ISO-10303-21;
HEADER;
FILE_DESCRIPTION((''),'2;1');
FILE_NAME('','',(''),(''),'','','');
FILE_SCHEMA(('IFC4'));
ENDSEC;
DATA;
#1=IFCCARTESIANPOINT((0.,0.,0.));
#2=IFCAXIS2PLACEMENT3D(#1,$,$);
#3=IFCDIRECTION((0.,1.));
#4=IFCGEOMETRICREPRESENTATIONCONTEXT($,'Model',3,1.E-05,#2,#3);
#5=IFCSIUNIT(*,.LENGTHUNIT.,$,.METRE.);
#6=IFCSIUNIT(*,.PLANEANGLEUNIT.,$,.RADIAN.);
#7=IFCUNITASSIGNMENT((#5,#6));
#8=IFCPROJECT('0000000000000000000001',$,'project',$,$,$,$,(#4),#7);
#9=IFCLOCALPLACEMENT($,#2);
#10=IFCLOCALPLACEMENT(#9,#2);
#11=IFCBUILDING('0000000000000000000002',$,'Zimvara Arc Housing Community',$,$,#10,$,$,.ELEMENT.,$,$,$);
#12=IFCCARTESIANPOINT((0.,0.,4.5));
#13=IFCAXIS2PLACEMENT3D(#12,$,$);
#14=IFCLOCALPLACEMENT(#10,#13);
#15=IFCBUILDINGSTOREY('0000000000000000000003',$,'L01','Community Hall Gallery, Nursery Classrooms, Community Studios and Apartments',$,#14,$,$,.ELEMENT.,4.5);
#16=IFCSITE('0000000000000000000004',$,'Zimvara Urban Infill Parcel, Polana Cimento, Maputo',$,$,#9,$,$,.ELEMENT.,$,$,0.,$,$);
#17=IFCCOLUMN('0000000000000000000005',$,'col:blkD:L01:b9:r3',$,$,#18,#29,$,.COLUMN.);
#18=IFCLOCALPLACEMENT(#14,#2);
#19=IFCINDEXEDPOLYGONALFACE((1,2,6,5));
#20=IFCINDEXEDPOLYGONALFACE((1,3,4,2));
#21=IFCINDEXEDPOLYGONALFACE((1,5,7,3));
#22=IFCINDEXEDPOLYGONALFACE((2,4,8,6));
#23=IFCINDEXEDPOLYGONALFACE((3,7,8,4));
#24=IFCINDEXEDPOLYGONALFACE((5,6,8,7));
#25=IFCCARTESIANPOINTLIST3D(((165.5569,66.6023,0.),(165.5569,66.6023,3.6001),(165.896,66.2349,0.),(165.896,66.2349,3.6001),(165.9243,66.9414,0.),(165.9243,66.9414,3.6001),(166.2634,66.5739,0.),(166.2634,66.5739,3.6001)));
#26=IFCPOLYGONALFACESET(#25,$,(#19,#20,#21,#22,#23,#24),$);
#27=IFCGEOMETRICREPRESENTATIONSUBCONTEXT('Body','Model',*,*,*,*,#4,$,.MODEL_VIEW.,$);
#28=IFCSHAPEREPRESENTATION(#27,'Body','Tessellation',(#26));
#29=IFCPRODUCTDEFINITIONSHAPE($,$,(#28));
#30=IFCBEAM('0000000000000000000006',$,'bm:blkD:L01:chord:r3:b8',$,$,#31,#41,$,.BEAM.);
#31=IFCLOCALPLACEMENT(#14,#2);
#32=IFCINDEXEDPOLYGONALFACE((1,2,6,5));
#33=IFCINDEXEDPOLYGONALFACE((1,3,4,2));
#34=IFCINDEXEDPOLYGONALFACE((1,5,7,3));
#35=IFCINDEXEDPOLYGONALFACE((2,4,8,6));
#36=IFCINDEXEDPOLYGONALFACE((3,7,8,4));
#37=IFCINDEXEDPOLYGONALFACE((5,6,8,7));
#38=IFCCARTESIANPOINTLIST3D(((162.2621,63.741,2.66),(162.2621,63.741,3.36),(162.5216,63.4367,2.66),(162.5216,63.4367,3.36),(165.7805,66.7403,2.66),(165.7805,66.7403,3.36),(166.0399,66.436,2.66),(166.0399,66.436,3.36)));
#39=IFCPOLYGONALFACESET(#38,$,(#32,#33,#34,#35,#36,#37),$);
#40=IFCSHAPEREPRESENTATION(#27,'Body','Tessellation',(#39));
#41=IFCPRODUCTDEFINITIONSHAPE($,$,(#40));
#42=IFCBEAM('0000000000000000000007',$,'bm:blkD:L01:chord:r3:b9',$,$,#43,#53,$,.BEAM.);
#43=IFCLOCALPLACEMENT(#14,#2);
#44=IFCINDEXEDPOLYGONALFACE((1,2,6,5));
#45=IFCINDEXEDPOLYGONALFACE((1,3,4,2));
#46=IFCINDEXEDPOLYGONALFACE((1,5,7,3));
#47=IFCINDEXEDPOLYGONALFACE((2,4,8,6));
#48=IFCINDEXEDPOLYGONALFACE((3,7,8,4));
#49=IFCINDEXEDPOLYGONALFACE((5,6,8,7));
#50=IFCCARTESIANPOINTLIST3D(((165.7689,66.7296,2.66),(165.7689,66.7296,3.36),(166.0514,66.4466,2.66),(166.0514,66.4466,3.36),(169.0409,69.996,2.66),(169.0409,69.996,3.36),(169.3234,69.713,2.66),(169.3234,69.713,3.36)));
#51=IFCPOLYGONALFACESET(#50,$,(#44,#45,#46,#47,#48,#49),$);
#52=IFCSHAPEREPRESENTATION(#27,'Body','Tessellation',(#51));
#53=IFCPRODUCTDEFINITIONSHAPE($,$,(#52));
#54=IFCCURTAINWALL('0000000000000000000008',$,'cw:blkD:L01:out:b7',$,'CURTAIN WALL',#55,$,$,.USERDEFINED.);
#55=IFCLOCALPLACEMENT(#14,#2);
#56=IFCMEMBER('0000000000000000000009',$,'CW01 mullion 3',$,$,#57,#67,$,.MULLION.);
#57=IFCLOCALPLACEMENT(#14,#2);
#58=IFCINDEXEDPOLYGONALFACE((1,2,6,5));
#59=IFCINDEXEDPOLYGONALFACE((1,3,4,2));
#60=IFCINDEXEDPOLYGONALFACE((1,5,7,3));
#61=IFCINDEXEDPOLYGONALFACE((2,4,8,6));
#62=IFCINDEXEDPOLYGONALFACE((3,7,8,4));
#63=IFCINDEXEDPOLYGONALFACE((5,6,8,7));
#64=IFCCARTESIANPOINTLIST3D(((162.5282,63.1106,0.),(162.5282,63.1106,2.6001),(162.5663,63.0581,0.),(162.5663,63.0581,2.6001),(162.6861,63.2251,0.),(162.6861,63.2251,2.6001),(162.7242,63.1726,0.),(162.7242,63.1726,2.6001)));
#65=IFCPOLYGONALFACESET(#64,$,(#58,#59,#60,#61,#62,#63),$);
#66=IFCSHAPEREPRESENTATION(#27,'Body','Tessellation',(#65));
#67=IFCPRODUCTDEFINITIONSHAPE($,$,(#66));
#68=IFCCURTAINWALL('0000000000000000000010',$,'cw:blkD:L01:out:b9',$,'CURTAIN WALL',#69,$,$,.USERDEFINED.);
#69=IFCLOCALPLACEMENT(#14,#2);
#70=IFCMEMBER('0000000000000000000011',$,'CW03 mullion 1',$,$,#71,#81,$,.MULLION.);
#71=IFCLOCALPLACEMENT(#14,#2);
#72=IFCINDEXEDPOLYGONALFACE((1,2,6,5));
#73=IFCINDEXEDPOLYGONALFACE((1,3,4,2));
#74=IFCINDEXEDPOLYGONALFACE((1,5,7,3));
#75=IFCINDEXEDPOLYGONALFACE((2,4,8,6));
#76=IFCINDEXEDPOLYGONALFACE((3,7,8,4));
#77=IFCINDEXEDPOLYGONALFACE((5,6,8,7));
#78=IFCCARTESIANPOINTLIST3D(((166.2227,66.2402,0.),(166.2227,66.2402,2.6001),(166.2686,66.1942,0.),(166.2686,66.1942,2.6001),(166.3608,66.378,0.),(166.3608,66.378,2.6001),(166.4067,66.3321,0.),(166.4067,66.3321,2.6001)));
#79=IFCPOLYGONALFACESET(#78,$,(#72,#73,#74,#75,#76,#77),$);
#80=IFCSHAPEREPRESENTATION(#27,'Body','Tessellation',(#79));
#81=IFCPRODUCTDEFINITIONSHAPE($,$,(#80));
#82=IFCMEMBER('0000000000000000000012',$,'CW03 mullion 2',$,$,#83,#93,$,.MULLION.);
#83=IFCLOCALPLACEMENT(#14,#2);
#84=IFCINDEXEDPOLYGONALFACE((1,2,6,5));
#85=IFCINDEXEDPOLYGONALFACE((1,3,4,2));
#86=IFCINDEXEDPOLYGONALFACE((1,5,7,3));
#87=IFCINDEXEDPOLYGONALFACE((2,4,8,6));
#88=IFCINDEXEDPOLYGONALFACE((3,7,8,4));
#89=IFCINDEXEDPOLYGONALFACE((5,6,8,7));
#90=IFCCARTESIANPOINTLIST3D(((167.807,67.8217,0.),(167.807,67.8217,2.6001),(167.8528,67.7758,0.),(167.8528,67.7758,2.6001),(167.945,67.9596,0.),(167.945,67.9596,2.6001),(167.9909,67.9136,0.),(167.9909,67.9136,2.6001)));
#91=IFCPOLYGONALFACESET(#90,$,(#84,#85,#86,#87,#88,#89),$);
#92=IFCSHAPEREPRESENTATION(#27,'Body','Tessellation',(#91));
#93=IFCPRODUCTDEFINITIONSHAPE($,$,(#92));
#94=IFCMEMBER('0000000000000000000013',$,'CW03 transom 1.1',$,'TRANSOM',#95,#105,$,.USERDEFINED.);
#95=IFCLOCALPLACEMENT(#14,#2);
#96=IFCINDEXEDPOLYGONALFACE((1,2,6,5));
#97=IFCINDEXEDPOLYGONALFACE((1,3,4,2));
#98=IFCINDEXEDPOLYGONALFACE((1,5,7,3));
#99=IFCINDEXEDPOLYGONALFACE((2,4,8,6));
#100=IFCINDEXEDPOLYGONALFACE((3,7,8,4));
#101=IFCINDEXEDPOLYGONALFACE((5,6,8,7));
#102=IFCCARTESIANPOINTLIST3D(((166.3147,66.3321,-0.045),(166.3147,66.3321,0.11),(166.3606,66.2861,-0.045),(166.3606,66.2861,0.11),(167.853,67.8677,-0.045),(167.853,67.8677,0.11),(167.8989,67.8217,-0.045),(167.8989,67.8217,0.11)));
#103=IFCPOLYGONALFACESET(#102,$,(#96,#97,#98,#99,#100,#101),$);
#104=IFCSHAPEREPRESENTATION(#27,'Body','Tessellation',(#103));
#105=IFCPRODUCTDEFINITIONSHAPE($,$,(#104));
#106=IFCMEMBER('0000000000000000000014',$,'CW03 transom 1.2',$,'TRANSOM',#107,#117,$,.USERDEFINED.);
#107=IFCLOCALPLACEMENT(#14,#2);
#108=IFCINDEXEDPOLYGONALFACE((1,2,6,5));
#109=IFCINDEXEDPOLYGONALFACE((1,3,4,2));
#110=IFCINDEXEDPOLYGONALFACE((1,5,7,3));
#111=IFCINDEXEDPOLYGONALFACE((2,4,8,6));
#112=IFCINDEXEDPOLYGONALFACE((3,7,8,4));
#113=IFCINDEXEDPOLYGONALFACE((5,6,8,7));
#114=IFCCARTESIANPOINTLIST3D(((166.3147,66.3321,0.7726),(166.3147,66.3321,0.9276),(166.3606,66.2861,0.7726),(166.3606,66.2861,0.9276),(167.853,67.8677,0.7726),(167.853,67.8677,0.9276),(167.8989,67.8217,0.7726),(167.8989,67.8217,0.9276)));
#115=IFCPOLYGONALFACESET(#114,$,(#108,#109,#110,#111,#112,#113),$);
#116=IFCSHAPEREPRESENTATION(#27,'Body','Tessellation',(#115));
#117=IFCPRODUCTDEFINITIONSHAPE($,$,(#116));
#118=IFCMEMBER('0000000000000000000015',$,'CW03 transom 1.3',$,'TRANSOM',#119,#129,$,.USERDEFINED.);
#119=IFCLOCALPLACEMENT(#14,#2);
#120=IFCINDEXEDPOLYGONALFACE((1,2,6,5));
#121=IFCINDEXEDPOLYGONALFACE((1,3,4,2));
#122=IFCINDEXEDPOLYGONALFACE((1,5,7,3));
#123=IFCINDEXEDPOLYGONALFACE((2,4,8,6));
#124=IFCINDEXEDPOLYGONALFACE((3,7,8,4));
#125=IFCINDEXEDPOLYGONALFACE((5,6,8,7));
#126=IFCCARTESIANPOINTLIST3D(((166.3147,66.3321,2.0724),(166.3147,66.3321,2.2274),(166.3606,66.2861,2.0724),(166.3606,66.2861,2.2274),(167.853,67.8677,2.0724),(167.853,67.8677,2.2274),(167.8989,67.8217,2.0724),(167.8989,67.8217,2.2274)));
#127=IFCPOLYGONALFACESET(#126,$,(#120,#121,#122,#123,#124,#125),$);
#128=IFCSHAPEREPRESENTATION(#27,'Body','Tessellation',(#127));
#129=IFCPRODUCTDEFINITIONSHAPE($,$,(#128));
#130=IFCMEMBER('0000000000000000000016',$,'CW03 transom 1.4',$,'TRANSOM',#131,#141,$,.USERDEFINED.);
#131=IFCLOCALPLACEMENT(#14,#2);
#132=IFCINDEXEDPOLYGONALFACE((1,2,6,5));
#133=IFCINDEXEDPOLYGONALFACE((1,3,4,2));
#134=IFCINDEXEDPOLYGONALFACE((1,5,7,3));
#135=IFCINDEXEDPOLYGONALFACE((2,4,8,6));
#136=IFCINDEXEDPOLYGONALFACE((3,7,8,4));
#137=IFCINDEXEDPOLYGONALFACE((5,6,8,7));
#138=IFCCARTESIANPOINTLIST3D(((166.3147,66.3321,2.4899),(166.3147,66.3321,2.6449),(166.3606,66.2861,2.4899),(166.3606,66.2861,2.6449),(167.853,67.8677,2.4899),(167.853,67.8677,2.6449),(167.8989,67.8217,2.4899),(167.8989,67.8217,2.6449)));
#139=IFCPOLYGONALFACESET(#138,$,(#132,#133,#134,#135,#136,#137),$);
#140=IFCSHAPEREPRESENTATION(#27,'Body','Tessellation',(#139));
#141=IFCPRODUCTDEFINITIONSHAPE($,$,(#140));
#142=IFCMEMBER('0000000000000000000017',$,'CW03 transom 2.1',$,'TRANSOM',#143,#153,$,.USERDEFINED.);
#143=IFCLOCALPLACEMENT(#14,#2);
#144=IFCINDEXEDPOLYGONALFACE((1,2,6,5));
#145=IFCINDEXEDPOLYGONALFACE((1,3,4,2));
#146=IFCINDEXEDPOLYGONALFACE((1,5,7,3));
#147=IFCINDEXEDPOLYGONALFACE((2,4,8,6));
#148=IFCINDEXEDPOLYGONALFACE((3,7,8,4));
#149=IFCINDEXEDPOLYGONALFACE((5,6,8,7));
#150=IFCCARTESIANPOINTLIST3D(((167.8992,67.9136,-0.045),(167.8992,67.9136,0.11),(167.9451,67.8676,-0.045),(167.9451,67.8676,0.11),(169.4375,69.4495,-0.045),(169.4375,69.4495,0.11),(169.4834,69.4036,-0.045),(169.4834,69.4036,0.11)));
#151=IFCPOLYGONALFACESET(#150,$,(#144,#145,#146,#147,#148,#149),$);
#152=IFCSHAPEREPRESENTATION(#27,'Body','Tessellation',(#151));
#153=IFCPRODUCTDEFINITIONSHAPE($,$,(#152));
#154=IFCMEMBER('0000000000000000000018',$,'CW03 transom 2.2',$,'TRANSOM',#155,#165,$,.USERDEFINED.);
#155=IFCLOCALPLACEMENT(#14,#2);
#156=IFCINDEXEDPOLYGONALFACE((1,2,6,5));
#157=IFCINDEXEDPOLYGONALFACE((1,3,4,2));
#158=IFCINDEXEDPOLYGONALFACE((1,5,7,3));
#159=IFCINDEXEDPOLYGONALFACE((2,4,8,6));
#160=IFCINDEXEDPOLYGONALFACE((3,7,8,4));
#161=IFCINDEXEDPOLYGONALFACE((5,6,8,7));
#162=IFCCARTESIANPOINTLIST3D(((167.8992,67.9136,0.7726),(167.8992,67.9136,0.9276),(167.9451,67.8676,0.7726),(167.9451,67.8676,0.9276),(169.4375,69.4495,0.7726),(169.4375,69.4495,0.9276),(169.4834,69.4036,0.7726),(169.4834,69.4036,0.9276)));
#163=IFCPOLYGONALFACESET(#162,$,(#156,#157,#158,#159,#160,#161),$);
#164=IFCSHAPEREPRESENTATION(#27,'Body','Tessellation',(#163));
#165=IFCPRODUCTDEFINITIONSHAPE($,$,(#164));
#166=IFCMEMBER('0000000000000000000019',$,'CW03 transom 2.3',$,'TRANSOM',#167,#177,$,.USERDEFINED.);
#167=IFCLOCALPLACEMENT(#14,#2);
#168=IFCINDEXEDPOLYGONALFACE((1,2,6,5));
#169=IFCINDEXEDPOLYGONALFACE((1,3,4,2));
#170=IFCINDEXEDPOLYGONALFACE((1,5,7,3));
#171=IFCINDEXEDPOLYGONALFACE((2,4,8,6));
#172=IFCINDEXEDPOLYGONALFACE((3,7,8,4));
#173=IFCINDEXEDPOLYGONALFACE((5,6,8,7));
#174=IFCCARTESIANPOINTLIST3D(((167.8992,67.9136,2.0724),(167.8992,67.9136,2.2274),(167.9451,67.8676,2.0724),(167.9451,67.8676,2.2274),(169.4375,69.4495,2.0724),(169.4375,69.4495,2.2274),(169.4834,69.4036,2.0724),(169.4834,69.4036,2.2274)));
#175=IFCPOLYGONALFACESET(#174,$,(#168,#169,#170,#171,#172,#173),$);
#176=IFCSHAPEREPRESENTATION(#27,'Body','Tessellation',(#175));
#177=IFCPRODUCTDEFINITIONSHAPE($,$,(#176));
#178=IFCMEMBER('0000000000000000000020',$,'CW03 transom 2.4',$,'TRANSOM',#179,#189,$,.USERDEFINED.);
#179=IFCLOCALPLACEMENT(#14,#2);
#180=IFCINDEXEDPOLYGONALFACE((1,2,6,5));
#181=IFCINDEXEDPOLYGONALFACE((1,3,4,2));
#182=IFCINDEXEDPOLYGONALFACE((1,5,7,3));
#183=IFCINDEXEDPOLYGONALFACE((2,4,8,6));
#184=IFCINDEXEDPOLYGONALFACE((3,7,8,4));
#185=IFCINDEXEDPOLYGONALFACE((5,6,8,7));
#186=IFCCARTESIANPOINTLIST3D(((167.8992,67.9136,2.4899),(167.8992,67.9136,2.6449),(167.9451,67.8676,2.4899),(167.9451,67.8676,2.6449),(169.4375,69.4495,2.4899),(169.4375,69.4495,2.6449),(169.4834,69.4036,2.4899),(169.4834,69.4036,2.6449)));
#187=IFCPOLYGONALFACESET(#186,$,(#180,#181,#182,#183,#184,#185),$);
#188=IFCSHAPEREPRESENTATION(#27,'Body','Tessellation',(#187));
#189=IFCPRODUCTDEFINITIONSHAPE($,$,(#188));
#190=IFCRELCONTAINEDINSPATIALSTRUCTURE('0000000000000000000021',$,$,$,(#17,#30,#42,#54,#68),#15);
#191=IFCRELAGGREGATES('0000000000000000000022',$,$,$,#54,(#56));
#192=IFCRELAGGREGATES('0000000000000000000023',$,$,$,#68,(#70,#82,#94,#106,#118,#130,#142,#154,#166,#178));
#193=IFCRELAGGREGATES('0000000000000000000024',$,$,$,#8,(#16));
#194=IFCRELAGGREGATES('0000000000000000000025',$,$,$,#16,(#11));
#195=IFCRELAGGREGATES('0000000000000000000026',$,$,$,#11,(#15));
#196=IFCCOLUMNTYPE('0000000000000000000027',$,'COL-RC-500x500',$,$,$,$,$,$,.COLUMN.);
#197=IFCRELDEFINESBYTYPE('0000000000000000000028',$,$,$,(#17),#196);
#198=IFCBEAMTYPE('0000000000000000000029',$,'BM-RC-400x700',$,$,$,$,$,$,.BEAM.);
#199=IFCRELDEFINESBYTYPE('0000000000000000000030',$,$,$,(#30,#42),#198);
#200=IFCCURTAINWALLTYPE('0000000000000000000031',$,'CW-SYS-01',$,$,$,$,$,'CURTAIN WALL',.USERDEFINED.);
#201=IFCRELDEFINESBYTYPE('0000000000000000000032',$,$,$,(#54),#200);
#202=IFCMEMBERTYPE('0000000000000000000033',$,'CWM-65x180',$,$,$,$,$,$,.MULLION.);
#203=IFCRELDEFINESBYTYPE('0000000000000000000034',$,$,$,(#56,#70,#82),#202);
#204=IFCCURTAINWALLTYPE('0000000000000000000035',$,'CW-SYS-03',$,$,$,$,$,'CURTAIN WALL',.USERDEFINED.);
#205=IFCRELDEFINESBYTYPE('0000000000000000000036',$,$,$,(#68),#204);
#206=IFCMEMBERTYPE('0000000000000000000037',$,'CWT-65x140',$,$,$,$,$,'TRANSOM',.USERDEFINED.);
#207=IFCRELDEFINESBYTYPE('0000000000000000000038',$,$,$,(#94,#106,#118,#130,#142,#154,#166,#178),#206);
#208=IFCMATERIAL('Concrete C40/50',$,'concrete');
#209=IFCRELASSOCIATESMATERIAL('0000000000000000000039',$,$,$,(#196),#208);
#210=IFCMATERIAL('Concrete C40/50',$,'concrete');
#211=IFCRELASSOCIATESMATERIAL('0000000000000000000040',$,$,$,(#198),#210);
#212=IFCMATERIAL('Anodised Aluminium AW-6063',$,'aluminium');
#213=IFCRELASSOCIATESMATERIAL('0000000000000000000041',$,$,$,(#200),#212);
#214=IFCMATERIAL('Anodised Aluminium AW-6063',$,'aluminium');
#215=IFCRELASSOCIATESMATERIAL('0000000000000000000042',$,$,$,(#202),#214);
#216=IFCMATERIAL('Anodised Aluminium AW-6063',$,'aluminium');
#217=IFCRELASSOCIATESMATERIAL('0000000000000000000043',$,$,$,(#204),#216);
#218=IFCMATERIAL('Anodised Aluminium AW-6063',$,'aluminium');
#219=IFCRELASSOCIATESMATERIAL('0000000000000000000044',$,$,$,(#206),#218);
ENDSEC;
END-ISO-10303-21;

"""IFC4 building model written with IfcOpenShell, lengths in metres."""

from ifc_helpers import new_model, si_unit, direction, frame, origin, origin_2d, place, context, subcontext, project, spatial, rectangle, extrude, material, material_profile, profile_set, type_object, element, aggregate, save


model = new_model("IFC4")

# Units and contexts
model_context = context("Model", 3, precision=1e-05, world=origin(), true_north=direction((0.0, 1.0)))
body_context = subcontext(model_context, "Body", "Model", "MODEL_VIEW")
ifc_project = project(units=[si_unit("LENGTHUNIT", "METRE"), si_unit("PLANEANGLEUNIT", "RADIAN")], contexts=[model_context])

# Site, building, storey
site_placement = place(None, origin())
site = spatial("IfcSite", under=ifc_project, at=site_placement, Name="Zimvara Urban Infill Parcel, Polana Cimento, Maputo", CompositionType="ELEMENT", RefElevation=0.0)
building_placement = place(site_placement, origin())
building = spatial("IfcBuilding", under=site, at=building_placement, Name="Zimvara Arc Housing Community", CompositionType="ELEMENT")
storey_placement = place(building_placement, frame((0.0, 0.0, 4.5)))
storey = spatial("IfcBuildingStorey", under=building, at=storey_placement, Name="L01", Description="Community Hall Gallery, Nursery Classrooms, Community Studios and Apartments", CompositionType="ELEMENT", Elevation=4.5)

# Column
ifc_material_1 = material(Name="Concrete C40/50", Category="concrete")
ifc_material_profile_1 = material_profile(ifc_material_1, rectangle(XDim=0.5, YDim=0.5, at=origin_2d()), Name="RC 500x500")
ifc_profile_set_1 = profile_set([ifc_material_profile_1], Name="Concrete C40/50")
column_type = type_object("IfcColumnType", Name="COL-RC-500x500", PredefinedType="COLUMN", material=ifc_profile_set_1)
column_placement = place(storey_placement, frame((165.9102, 66.5881, 0.0), z_axis=(0.0, 0.0, 1.0), x_axis=(0.67816, -0.734915, 0.0)))
element("IfcColumn", 1, at=column_placement, inside=storey, type_object=column_type, Name="col:blkD:L01:b9:r3", PredefinedType="COLUMN", context=body_context, shape_type="SweptSolid", body=[
    extrude(rectangle(XDim=0.5, YDim=0.5, at=origin_2d()), origin(), (0.0, 0.0, 1.0), 3.6001),
])

# Beams
ifc_material_2 = material(Name="Concrete C40/50", Category="concrete")
ifc_material_profile_2 = material_profile(ifc_material_2, rectangle(XDim=0.3999, YDim=0.7, at=origin_2d()), Name="RC 400x700")
ifc_profile_set_2 = profile_set([ifc_material_profile_2], Name="Concrete C40/50")
beam_type = type_object("IfcBeamType", Name="BM-RC-400x700", PredefinedType="BEAM", material=ifc_profile_set_2)
for number, where, z_axis, x_axis, name in (
    (2, (162.3918, 63.5889, 3.01), (0.76101, 0.648741, 0.0), (-0.648741, 0.76101, 0.0), "bm:blkD:L01:chord:r3:b8"),
    (3, (165.9102, 66.5881, 3.01), (0.707714, 0.706499, 0.0), (-0.706499, 0.707714, 0.0), "bm:blkD:L01:chord:r3:b9"),
):
    element("IfcBeam", number, at=place(storey_placement, frame(where, z_axis=z_axis, x_axis=x_axis)), inside=storey, type_object=beam_type, Name=name, PredefinedType="BEAM", context=body_context, shape_type="SweptSolid", body=[
        extrude(rectangle(XDim=0.3999, YDim=0.7, at=origin_2d()), origin(), (0.0, 0.0, 1.0), 4.6233),
    ])

# Curtain wall, member
ifc_material_3 = material(Name="Anodised Aluminium AW-6063", Category="aluminium")
curtain_wall_type_1 = type_object("IfcCurtainWallType", Name="CW-SYS-01", ElementType="CURTAIN WALL", PredefinedType="USERDEFINED", material=ifc_material_3)
curtain_wall_1_placement = place(storey_placement, origin())
curtain_wall_1 = element("IfcCurtainWall", 4, at=curtain_wall_1_placement, inside=storey, type_object=curtain_wall_type_1, Name="cw:blkD:L01:out:b7", ObjectType="CURTAIN WALL", PredefinedType="USERDEFINED")
ifc_material_4 = material(Name="Anodised Aluminium AW-6063", Category="aluminium")
ifc_material_profile_3 = material_profile(ifc_material_4, rectangle(XDim=0.0649, YDim=0.1951, at=origin_2d()), Name="ALU 65x195")
ifc_profile_set_3 = profile_set([ifc_material_profile_3], Name="Anodised Aluminium AW-6063")
member_type_1 = type_object("IfcMemberType", Name="CWM-65x180", PredefinedType="MULLION", material=ifc_profile_set_3)
member_1_placement = place(storey_placement, frame((162.6262, 63.1416, 0.0), z_axis=(0.0, 0.0, 1.0), x_axis=(-0.587078, 0.80953, 0.0)))
member_1 = element("IfcMember", 5, at=member_1_placement, type_object=member_type_1, Name="CW01 mullion 3", PredefinedType="MULLION", context=body_context, shape_type="SweptSolid", body=[
    extrude(rectangle(XDim=0.0649, YDim=0.1951, at=origin_2d()), origin(), (0.0, 0.0, 1.0), 2.6001),
])
aggregate(curtain_wall_1, [member_1])

# Curtain wall, members
ifc_material_5 = material(Name="Anodised Aluminium AW-6063", Category="aluminium")
curtain_wall_type_2 = type_object("IfcCurtainWallType", Name="CW-SYS-03", ElementType="CURTAIN WALL", PredefinedType="USERDEFINED", material=ifc_material_5)
curtain_wall_2_placement = place(storey_placement, origin())
curtain_wall_2 = element("IfcCurtainWall", 6, at=curtain_wall_2_placement, inside=storey, type_object=curtain_wall_type_2, Name="cw:blkD:L01:out:b9", ObjectType="CURTAIN WALL", PredefinedType="USERDEFINED")
member_2_placement = place(storey_placement, frame((166.3147, 66.2861, 0.0), z_axis=(0.0, 0.0, 1.0), x_axis=(-0.706489, 0.707724, 0.0)))
member_2 = element("IfcMember", 7, at=member_2_placement, type_object=member_type_1, Name="CW03 mullion 1", PredefinedType="MULLION", context=body_context, shape_type="SweptSolid", body=[
    extrude(rectangle(XDim=0.0649, YDim=0.1951, at=origin_2d()), origin(), (0.0, 0.0, 1.0), 2.6001),
])
member_3_placement = place(storey_placement, frame((167.8989, 67.8677, 0.0), z_axis=(0.0, 0.0, 1.0), x_axis=(-0.706489, 0.707724, 0.0)))
member_3 = element("IfcMember", 8, at=member_3_placement, type_object=member_type_1, Name="CW03 mullion 2", PredefinedType="MULLION", context=body_context, shape_type="SweptSolid", body=[
    extrude(rectangle(XDim=0.0649, YDim=0.1951, at=origin_2d()), origin(), (0.0, 0.0, 1.0), 2.6001),
])
ifc_material_6 = material(Name="Anodised Aluminium AW-6063", Category="aluminium")
ifc_material_profile_4 = material_profile(ifc_material_6, rectangle(XDim=0.0649, YDim=0.155, at=origin_2d()), Name="ALU 65x155")
ifc_profile_set_4 = profile_set([ifc_material_profile_4], Name="Anodised Aluminium AW-6063")
member_type_2 = type_object("IfcMemberType", Name="CWT-65x140", ElementType="TRANSOM", PredefinedType="USERDEFINED", material=ifc_profile_set_4)
member_4_placement = place(storey_placement, frame((166.3376, 66.3091, 0.0325), z_axis=(0.707724, 0.706489, 0.0), x_axis=(-0.706489, 0.707724, 0.0)))
member_4 = element("IfcMember", 9, at=member_4_placement, type_object=member_type_2, Name="CW03 transom 1.1", ObjectType="TRANSOM", PredefinedType="USERDEFINED", context=body_context, shape_type="SweptSolid", body=[
    extrude(rectangle(XDim=0.0649, YDim=0.155, at=origin_2d()), origin(), (0.0, 0.0, 1.0), 2.1736),
])
member_5_placement = place(storey_placement, frame((166.3376, 66.3091, 0.8501), z_axis=(0.707724, 0.706489, 0.0), x_axis=(-0.706489, 0.707724, 0.0)))
member_5 = element("IfcMember", 10, at=member_5_placement, type_object=member_type_2, Name="CW03 transom 1.2", ObjectType="TRANSOM", PredefinedType="USERDEFINED", context=body_context, shape_type="SweptSolid", body=[
    extrude(rectangle(XDim=0.0649, YDim=0.155, at=origin_2d()), origin(), (0.0, 0.0, 1.0), 2.1736),
])
member_6_placement = place(storey_placement, frame((166.3376, 66.3091, 2.1499), z_axis=(0.707724, 0.706489, 0.0), x_axis=(-0.706489, 0.707724, 0.0)))
member_6 = element("IfcMember", 11, at=member_6_placement, type_object=member_type_2, Name="CW03 transom 1.3", ObjectType="TRANSOM", PredefinedType="USERDEFINED", context=body_context, shape_type="SweptSolid", body=[
    extrude(rectangle(XDim=0.0649, YDim=0.155, at=origin_2d()), origin(), (0.0, 0.0, 1.0), 2.1736),
])
member_7_placement = place(storey_placement, frame((166.3376, 66.3091, 2.5674), z_axis=(0.707724, 0.706489, 0.0), x_axis=(-0.706489, 0.707724, 0.0)))
member_7 = element("IfcMember", 12, at=member_7_placement, type_object=member_type_2, Name="CW03 transom 1.4", ObjectType="TRANSOM", PredefinedType="USERDEFINED", context=body_context, shape_type="SweptSolid", body=[
    extrude(rectangle(XDim=0.0649, YDim=0.155, at=origin_2d()), origin(), (0.0, 0.0, 1.0), 2.1736),
])
member_8_placement = place(storey_placement, frame((167.9221, 67.8906, 0.0325), z_axis=(0.707668, 0.706545, 0.0), x_axis=(-0.706545, 0.707668, 0.0)))
member_8 = element("IfcMember", 13, at=member_8_placement, type_object=member_type_2, Name="CW03 transom 2.1", ObjectType="TRANSOM", PredefinedType="USERDEFINED", context=body_context, shape_type="SweptSolid", body=[
    extrude(rectangle(XDim=0.0649, YDim=0.155, at=origin_2d()), origin(), (0.0, 0.0, 1.0), 2.1738),
])
member_9_placement = place(storey_placement, frame((167.9221, 67.8906, 0.8501), z_axis=(0.707668, 0.706545, 0.0), x_axis=(-0.706545, 0.707668, 0.0)))
member_9 = element("IfcMember", 14, at=member_9_placement, type_object=member_type_2, Name="CW03 transom 2.2", ObjectType="TRANSOM", PredefinedType="USERDEFINED", context=body_context, shape_type="SweptSolid", body=[
    extrude(rectangle(XDim=0.0649, YDim=0.155, at=origin_2d()), origin(), (0.0, 0.0, 1.0), 2.1738),
])
member_10_placement = place(storey_placement, frame((167.9221, 67.8906, 2.1499), z_axis=(0.707668, 0.706545, 0.0), x_axis=(-0.706545, 0.707668, 0.0)))
member_10 = element("IfcMember", 15, at=member_10_placement, type_object=member_type_2, Name="CW03 transom 2.3", ObjectType="TRANSOM", PredefinedType="USERDEFINED", context=body_context, shape_type="SweptSolid", body=[
    extrude(rectangle(XDim=0.0649, YDim=0.155, at=origin_2d()), origin(), (0.0, 0.0, 1.0), 2.1738),
])
member_11_placement = place(storey_placement, frame((167.9221, 67.8906, 2.5674), z_axis=(0.707668, 0.706545, 0.0), x_axis=(-0.706545, 0.707668, 0.0)))
member_11 = element("IfcMember", 16, at=member_11_placement, type_object=member_type_2, Name="CW03 transom 2.4", ObjectType="TRANSOM", PredefinedType="USERDEFINED", context=body_context, shape_type="SweptSolid", body=[
    extrude(rectangle(XDim=0.0649, YDim=0.155, at=origin_2d()), origin(), (0.0, 0.0, 1.0), 2.1738),
])
aggregate(curtain_wall_2, [member_2, member_3, member_4, member_5, member_6, member_7, member_8, member_9, member_10, member_11])

save(model, "model.ifc")
